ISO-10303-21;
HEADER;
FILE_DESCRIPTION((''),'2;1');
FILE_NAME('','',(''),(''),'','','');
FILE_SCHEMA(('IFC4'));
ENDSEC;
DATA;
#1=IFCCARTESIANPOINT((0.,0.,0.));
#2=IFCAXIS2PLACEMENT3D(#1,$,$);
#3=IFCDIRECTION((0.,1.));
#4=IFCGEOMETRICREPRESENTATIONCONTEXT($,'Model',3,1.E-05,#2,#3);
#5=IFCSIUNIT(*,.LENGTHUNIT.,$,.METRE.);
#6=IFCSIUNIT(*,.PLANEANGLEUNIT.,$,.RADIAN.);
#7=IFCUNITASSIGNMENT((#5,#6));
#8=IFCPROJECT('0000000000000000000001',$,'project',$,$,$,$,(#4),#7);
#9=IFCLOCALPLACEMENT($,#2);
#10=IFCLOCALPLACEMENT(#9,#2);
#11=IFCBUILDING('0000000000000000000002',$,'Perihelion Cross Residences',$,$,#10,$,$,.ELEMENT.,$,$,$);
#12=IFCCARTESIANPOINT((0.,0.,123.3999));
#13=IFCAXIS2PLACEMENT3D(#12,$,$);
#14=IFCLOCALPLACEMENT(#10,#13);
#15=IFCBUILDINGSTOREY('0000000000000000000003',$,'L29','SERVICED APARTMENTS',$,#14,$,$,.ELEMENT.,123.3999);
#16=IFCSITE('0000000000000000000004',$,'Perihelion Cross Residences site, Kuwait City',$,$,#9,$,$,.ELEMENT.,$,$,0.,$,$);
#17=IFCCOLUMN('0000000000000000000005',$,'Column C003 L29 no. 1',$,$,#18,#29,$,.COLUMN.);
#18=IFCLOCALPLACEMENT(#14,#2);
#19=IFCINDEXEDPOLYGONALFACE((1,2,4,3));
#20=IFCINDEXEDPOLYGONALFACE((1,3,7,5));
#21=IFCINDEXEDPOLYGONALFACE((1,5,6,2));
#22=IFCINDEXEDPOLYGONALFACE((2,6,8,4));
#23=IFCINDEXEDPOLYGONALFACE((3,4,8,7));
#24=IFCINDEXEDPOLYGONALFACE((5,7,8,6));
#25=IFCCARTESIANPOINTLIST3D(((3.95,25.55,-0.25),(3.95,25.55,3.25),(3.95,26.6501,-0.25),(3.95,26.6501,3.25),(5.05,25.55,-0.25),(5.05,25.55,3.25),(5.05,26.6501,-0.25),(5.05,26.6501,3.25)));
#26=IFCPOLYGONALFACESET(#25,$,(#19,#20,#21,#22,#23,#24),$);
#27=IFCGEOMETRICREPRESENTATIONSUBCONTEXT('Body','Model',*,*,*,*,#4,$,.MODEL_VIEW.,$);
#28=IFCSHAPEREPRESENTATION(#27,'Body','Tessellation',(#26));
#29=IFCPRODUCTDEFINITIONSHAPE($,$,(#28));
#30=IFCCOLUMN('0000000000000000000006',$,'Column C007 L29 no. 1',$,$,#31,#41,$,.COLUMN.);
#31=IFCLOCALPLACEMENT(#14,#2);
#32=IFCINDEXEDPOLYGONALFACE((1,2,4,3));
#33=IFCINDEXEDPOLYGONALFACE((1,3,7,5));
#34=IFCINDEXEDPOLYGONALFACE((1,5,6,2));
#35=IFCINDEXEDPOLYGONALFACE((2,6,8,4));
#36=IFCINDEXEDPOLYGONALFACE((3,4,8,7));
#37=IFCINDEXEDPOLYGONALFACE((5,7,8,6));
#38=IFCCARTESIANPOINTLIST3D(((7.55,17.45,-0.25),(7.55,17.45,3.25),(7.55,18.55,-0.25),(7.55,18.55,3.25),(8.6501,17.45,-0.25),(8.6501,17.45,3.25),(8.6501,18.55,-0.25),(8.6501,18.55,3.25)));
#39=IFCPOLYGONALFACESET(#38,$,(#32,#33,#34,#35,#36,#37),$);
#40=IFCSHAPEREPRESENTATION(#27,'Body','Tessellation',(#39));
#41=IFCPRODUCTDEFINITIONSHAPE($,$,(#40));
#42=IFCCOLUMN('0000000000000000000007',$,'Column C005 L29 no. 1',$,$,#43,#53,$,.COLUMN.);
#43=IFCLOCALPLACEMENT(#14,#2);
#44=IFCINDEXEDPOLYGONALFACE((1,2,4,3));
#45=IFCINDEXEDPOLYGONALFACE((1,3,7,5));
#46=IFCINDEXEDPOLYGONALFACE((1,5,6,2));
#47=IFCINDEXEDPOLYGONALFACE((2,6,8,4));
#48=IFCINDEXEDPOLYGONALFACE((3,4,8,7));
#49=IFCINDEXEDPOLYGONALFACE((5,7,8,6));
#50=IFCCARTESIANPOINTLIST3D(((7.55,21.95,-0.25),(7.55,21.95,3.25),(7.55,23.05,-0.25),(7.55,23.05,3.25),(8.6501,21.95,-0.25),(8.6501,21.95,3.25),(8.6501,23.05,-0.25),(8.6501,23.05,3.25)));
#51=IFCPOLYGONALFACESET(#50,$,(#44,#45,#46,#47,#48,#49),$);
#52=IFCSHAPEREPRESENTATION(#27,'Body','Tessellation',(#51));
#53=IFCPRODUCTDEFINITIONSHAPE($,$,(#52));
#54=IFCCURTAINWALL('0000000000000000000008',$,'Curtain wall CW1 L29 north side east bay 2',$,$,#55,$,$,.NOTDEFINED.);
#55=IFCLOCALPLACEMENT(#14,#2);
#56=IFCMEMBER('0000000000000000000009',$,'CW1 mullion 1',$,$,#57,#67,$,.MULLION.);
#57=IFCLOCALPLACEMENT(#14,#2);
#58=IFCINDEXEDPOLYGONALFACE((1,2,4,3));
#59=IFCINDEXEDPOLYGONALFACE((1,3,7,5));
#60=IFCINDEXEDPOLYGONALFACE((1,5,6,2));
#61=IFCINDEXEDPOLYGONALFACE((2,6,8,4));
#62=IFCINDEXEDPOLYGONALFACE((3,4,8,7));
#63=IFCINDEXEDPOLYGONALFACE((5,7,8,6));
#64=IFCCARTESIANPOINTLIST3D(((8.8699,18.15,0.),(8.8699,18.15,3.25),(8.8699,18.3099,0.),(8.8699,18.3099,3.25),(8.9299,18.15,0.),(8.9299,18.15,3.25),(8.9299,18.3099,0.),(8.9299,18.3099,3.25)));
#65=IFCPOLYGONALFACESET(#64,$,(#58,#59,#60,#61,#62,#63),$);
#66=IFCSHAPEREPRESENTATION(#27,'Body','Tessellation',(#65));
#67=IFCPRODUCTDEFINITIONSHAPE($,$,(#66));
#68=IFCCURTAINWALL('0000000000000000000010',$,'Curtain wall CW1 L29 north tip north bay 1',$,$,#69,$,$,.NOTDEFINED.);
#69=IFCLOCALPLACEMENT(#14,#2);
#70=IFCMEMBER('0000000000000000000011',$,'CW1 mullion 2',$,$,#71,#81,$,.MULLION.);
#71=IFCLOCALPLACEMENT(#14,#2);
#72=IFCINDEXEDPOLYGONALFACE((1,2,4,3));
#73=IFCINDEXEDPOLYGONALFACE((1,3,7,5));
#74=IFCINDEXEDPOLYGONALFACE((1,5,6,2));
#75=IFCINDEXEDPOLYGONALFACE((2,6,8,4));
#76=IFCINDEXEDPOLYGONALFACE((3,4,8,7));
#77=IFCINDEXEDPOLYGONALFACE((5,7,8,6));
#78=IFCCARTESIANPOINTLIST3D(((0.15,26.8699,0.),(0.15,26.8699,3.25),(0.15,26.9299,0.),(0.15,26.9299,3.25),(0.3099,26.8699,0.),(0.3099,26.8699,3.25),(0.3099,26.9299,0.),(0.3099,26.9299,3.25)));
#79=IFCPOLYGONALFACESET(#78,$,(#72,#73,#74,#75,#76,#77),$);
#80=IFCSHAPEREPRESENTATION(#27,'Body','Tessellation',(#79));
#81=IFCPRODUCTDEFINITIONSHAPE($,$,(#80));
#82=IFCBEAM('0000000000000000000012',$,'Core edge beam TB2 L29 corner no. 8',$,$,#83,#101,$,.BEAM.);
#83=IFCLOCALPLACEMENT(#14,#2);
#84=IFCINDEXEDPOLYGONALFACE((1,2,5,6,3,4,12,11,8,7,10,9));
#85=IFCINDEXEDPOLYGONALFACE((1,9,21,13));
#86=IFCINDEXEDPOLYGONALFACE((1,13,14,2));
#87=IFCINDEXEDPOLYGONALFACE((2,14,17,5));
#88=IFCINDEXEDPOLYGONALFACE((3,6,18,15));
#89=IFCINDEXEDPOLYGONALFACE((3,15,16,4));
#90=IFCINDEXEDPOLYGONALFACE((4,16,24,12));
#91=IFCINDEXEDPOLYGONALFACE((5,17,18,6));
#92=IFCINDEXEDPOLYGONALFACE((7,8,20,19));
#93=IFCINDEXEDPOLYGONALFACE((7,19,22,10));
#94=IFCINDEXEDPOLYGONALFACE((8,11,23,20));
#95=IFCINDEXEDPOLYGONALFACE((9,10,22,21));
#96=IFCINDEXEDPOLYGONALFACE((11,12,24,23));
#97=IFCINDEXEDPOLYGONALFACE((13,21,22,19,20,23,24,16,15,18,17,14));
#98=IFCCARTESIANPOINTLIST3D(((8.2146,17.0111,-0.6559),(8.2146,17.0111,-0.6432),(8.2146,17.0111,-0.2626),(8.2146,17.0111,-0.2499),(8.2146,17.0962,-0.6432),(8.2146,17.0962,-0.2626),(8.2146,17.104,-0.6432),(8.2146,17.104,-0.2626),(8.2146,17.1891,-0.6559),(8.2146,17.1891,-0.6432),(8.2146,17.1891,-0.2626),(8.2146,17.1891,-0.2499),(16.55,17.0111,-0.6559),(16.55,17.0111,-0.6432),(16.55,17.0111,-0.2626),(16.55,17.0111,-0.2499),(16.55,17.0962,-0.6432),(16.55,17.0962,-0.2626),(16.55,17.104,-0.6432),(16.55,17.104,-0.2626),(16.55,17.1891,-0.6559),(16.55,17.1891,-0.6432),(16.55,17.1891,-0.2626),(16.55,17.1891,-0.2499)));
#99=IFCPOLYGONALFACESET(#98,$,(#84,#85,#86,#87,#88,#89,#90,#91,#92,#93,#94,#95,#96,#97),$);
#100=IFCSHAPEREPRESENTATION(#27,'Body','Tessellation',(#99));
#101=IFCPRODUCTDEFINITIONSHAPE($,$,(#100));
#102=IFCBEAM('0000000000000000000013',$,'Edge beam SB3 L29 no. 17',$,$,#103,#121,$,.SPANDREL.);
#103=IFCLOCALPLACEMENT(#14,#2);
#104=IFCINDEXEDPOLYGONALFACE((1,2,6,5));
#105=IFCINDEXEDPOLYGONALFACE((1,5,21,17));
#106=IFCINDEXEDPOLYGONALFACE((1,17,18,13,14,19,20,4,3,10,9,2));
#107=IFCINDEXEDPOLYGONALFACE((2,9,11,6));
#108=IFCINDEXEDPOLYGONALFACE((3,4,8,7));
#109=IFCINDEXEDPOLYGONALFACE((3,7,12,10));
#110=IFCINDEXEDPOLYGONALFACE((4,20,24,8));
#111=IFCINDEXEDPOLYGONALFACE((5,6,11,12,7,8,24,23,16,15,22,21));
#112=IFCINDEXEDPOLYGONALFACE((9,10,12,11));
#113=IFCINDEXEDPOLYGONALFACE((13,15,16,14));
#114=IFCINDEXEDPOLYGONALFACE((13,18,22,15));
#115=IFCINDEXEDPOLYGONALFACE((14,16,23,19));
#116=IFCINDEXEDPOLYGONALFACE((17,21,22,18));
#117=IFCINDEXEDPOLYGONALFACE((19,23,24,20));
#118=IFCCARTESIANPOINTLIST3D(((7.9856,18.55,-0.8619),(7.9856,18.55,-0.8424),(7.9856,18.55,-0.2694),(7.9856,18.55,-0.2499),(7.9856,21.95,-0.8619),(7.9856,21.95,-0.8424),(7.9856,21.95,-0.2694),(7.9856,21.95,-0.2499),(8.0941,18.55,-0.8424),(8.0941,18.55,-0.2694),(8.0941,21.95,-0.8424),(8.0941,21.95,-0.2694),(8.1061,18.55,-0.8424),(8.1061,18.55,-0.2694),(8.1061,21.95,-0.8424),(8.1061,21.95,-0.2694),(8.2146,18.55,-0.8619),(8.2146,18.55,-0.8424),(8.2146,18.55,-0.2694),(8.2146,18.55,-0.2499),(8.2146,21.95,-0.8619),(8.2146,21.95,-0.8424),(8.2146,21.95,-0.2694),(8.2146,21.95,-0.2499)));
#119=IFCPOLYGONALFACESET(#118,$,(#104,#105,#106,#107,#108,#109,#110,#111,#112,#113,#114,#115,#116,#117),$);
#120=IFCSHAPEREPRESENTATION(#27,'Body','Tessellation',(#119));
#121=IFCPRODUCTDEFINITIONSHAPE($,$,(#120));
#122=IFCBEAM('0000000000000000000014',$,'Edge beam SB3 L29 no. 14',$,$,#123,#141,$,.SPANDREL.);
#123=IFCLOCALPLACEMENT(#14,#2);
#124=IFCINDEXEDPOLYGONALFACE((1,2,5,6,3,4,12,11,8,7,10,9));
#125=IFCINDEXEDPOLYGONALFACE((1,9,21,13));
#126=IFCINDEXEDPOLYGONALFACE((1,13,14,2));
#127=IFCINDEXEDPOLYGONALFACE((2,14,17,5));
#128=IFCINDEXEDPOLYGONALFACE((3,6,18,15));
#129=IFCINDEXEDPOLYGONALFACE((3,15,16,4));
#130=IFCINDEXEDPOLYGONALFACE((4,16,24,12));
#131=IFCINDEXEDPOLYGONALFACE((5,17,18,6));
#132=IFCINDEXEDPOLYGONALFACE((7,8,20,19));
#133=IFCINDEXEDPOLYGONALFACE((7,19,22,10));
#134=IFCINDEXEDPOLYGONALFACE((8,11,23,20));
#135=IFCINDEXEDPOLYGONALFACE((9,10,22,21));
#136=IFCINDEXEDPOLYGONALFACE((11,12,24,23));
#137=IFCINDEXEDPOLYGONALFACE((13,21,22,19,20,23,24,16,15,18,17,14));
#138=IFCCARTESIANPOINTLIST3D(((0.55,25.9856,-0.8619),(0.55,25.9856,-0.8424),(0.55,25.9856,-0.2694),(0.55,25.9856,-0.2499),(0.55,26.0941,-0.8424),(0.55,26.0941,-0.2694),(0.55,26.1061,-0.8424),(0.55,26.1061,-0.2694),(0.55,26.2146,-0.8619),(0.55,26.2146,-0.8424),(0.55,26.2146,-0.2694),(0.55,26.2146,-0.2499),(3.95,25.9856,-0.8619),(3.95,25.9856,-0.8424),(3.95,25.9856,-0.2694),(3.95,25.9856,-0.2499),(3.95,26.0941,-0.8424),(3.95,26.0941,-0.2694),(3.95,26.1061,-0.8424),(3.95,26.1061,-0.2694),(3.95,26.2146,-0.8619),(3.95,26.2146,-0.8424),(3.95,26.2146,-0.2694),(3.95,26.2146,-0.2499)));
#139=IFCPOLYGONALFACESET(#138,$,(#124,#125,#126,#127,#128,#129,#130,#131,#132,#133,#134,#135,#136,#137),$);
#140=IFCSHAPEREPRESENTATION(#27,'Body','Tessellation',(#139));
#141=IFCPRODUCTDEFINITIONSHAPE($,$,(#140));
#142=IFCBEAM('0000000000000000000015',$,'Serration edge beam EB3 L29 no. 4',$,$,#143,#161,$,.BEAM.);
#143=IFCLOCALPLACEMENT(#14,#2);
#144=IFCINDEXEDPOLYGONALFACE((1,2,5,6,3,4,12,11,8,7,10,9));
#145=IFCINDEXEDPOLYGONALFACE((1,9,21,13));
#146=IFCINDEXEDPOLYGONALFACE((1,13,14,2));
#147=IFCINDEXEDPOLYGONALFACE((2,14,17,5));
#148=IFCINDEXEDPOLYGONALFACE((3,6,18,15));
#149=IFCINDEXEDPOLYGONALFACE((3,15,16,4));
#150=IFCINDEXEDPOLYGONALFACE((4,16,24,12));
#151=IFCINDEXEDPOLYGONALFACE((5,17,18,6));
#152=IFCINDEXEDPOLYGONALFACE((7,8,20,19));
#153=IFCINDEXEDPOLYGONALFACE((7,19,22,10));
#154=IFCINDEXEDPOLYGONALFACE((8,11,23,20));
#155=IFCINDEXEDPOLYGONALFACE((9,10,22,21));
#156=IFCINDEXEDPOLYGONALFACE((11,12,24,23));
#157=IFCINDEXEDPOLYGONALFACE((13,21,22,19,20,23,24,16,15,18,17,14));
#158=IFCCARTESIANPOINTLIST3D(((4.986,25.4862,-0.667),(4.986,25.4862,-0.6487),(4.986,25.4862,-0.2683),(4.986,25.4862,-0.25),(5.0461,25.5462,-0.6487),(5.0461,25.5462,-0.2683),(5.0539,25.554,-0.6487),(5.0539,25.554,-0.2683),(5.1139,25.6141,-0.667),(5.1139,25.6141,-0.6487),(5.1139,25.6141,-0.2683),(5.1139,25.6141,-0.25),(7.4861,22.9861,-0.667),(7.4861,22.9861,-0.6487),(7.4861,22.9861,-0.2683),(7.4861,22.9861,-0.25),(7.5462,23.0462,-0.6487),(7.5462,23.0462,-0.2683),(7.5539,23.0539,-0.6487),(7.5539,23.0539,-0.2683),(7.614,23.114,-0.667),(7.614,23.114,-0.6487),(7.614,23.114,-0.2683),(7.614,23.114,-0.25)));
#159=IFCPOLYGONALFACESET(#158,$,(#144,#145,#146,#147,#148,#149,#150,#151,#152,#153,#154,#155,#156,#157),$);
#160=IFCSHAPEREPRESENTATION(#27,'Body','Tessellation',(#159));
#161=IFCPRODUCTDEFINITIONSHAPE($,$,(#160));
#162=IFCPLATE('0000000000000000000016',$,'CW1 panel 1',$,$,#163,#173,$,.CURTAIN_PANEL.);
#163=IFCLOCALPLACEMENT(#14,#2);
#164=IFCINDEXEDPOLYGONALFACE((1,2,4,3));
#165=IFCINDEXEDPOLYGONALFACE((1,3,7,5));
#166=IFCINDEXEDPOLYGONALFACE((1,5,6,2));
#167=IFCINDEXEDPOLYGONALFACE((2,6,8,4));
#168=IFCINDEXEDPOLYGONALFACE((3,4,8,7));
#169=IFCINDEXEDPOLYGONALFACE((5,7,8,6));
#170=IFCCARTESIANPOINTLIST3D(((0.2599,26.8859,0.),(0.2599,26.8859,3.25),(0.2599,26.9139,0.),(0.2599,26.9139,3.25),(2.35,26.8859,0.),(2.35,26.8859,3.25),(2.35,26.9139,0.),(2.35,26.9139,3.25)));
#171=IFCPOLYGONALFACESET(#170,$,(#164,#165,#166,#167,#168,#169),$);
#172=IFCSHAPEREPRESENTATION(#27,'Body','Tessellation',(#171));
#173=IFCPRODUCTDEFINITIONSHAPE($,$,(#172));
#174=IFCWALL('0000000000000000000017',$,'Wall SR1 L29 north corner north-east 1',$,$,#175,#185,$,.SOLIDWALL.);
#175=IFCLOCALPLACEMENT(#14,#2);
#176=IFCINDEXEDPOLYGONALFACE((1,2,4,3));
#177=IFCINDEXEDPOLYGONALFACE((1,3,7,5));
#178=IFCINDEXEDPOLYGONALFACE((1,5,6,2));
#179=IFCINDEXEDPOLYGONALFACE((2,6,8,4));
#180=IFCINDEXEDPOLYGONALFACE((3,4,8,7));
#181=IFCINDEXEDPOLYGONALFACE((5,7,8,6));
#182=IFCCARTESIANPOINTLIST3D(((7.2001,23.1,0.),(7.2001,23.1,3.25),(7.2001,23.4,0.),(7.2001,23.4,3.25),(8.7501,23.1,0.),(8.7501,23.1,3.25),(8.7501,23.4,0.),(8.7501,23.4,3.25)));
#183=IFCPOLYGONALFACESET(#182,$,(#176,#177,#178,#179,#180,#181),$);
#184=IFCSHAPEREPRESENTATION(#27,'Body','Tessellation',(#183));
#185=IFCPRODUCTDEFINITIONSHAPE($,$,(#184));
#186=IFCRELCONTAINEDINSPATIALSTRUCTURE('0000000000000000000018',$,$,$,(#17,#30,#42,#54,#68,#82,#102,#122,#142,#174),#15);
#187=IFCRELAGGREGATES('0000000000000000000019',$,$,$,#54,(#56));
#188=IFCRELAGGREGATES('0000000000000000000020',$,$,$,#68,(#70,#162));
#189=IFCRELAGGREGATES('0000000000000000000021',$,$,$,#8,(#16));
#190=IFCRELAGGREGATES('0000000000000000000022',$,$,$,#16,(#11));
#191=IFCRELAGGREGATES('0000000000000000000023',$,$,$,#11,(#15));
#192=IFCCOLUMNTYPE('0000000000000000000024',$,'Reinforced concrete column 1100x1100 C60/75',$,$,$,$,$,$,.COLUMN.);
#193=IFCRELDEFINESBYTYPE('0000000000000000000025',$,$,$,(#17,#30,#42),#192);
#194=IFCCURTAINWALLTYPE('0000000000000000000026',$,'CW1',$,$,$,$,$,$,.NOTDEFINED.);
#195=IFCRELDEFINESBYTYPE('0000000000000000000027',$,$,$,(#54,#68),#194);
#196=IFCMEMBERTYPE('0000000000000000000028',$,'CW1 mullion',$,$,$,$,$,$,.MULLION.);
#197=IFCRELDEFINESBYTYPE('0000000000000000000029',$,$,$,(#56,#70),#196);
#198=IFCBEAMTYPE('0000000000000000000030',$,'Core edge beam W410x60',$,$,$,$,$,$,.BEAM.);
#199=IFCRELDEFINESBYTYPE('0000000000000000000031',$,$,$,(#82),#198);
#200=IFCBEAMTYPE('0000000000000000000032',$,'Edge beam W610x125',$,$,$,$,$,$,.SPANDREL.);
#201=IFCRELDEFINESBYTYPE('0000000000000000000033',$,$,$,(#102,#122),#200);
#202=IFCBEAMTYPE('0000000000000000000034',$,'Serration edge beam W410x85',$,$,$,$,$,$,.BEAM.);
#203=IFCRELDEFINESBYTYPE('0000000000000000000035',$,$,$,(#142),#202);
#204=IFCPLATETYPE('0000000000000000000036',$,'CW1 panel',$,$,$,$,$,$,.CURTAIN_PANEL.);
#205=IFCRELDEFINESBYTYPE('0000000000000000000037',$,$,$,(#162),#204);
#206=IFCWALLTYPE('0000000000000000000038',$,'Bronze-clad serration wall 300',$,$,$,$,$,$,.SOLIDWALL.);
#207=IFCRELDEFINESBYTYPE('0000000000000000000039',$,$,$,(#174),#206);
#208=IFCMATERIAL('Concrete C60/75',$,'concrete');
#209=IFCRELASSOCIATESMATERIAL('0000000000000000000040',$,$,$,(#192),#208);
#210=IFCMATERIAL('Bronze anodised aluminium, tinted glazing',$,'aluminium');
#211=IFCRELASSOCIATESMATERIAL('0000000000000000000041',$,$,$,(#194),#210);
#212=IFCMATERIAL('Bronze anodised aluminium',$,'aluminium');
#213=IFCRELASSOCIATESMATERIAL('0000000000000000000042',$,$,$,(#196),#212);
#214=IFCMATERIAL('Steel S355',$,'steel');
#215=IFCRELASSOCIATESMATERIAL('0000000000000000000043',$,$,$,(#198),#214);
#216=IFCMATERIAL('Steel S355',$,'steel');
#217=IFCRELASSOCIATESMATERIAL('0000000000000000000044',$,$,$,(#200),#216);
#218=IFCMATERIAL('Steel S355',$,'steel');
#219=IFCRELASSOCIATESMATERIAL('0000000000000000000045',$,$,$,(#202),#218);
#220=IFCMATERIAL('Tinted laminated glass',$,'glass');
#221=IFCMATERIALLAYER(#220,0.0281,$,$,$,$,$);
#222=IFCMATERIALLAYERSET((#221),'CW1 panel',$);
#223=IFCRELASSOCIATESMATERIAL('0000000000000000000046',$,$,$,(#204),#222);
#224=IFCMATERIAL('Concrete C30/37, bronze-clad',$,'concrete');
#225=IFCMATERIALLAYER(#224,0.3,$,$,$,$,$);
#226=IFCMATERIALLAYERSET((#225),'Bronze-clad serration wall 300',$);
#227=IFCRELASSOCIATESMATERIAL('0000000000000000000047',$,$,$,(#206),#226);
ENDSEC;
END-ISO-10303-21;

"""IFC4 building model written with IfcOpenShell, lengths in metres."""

from ifc_helpers import new_model, si_unit, direction, frame, frame_2d, origin, origin_2d, place, context, subcontext, project, spatial, rectangle, i_section, extrude, material, layer, layer_set, material_profile, profile_set, type_object, element, aggregate, save


model = new_model("IFC4")

# Units and contexts
model_context = context("Model", 3, precision=1e-05, world=origin(), true_north=direction((0.0, 1.0)))
body_context = subcontext(model_context, "Body", "Model", "MODEL_VIEW")
ifc_project = project(units=[si_unit("LENGTHUNIT", "METRE"), si_unit("PLANEANGLEUNIT", "RADIAN")], contexts=[model_context])

# Site, building, storey
site_placement = place(None, origin())
site = spatial("IfcSite", under=ifc_project, at=site_placement, Name="Perihelion Cross Residences site, Kuwait City", CompositionType="ELEMENT", RefElevation=0.0)
building_placement = place(site_placement, origin())
building = spatial("IfcBuilding", under=site, at=building_placement, Name="Perihelion Cross Residences", CompositionType="ELEMENT")
storey_placement = place(building_placement, frame((0.0, 0.0, 123.3999)))
storey = spatial("IfcBuildingStorey", under=building, at=storey_placement, Name="L29", Description="SERVICED APARTMENTS", CompositionType="ELEMENT", Elevation=123.3999)

# Columns
ifc_material_1 = material(Name="Concrete C60/75", Category="concrete")
ifc_material_profile_1 = material_profile(ifc_material_1, rectangle(XDim=1.1001, YDim=1.1001, at=origin_2d()), Name="RC 1100x1100")
ifc_profile_set_1 = profile_set([ifc_material_profile_1], Name="Concrete C60/75")
column_type = type_object("IfcColumnType", Name="Reinforced concrete column 1100x1100 C60/75", PredefinedType="COLUMN", material=ifc_profile_set_1)
for number, where, z_axis, x_axis, name in (
    (1, (4.5, 26.1001, -0.25), (0.0, 0.0, 1.0), (1.0, 0.0, 0.0), "Column C003 L29 no. 1"),
    (2, (8.1001, 18.0, -0.25), (0.0, 0.0, 1.0), (1.0, 0.0, 0.0), "Column C007 L29 no. 1"),
    (3, (8.1001, 22.5, -0.25), (0.0, 0.0, 1.0), (1.0, 0.0, 0.0), "Column C005 L29 no. 1"),
):
    element("IfcColumn", number, at=place(storey_placement, frame(where, z_axis=z_axis, x_axis=x_axis)), inside=storey, type_object=column_type, Name=name, PredefinedType="COLUMN", context=body_context, shape_type="SweptSolid", body=[
        extrude(rectangle(XDim=1.1001, YDim=1.1001, at=origin_2d()), origin(), (0.0, 0.0, 1.0), 3.5),
    ])

# Curtain walls, members
ifc_material_2 = material(Name="Bronze anodised aluminium, tinted glazing", Category="aluminium")
curtain_wall_type = type_object("IfcCurtainWallType", Name="CW1", PredefinedType="NOTDEFINED", material=ifc_material_2)
curtain_wall_1_placement = place(storey_placement, origin())
curtain_wall_1 = element("IfcCurtainWall", 4, at=curtain_wall_1_placement, inside=storey, type_object=curtain_wall_type, Name="Curtain wall CW1 L29 north side east bay 2", PredefinedType="NOTDEFINED")
ifc_material_3 = material(Name="Bronze anodised aluminium", Category="aluminium")
ifc_material_profile_2 = material_profile(ifc_material_3, rectangle(XDim=0.0601, YDim=0.1599, at=origin_2d()), Name="CW1 mullion")
ifc_profile_set_2 = profile_set([ifc_material_profile_2], Name="Bronze anodised aluminium")
member_type = type_object("IfcMemberType", Name="CW1 mullion", PredefinedType="MULLION", material=ifc_profile_set_2)
member_1_placement = place(storey_placement, frame((8.8999, 18.23, 0.0), z_axis=(0.0, 0.0, 1.0), x_axis=(-1.0, 0.0, 0.0)))
member_1 = element("IfcMember", 5, at=member_1_placement, type_object=member_type, Name="CW1 mullion 1", PredefinedType="MULLION", context=body_context, shape_type="SweptSolid", body=[
    extrude(rectangle(XDim=0.0601, YDim=0.1599, at=origin_2d()), origin(), (0.0, 0.0, 1.0), 3.25),
])
aggregate(curtain_wall_1, [member_1])
curtain_wall_2_placement = place(storey_placement, origin())
curtain_wall_2 = element("IfcCurtainWall", 6, at=curtain_wall_2_placement, inside=storey, type_object=curtain_wall_type, Name="Curtain wall CW1 L29 north tip north bay 1", PredefinedType="NOTDEFINED")
member_2_placement = place(storey_placement, frame((0.23, 26.8999, 0.0), z_axis=(0.0, 0.0, 1.0), x_axis=(0.0, -1.0, 0.0)))
member_2 = element("IfcMember", 7, at=member_2_placement, type_object=member_type, Name="CW1 mullion 2", PredefinedType="MULLION", context=body_context, shape_type="SweptSolid", body=[
    extrude(rectangle(XDim=0.0601, YDim=0.1599, at=origin_2d()), origin(), (0.0, 0.0, 1.0), 3.25),
])

# Beams
ifc_material_4 = material(Name="Steel S355", Category="steel")
ifc_material_profile_3 = material_profile(ifc_material_4, i_section(OverallWidth=0.178, OverallDepth=0.406, WebThickness=0.0078, FlangeThickness=0.0127, at=origin_2d()), Name="W410x60")
ifc_profile_set_3 = profile_set([ifc_material_profile_3], Name="Steel S355")
beam_type_1 = type_object("IfcBeamType", Name="Core edge beam W410x60", PredefinedType="BEAM", material=ifc_profile_set_3)
beam_1_placement = place(storey_placement, frame((8.2146, 17.1001, -0.4529), z_axis=(1.0, 0.0, 0.0), x_axis=(0.0, 1.0, 0.0)))
element("IfcBeam", 8, at=beam_1_placement, inside=storey, type_object=beam_type_1, Name="Core edge beam TB2 L29 corner no. 8", PredefinedType="BEAM", context=body_context, shape_type="SweptSolid", body=[
    extrude(i_section(OverallWidth=0.178, OverallDepth=0.406, WebThickness=0.0078, FlangeThickness=0.0127, at=origin_2d()), origin(), (0.0, 0.0, 1.0), 8.3354),
])
ifc_material_5 = material(Name="Steel S355", Category="steel")
ifc_material_profile_4 = material_profile(ifc_material_5, i_section(OverallWidth=0.229, OverallDepth=0.6121, WebThickness=0.012, FlangeThickness=0.0195, at=origin_2d()), Name="W610x125")
ifc_profile_set_4 = profile_set([ifc_material_profile_4], Name="Steel S355")
beam_type_2 = type_object("IfcBeamType", Name="Edge beam W610x125", PredefinedType="SPANDREL", material=ifc_profile_set_4)
for number, where, z_axis, x_axis, name in (
    (9, (8.1001, 18.55, -0.5559), (0.0, 1.0, 0.0), (-1.0, 0.0, 0.0), "Edge beam SB3 L29 no. 17"),
    (10, (3.95, 26.1001, -0.5559), (-1.0, 0.0, 0.0), (0.0, -1.0, 0.0), "Edge beam SB3 L29 no. 14"),
):
    element("IfcBeam", number, at=place(storey_placement, frame(where, z_axis=z_axis, x_axis=x_axis)), inside=storey, type_object=beam_type_2, Name=name, PredefinedType="SPANDREL", context=body_context, shape_type="SweptSolid", body=[
        extrude(i_section(OverallWidth=0.229, OverallDepth=0.6121, WebThickness=0.012, FlangeThickness=0.0195, at=origin_2d()), origin(), (0.0, 0.0, 1.0), 3.3999),
    ])
ifc_material_6 = material(Name="Steel S355", Category="steel")
ifc_material_profile_5 = material_profile(ifc_material_6, i_section(OverallWidth=0.1809, OverallDepth=0.417, WebThickness=0.011, FlangeThickness=0.0183, at=origin_2d()), Name="W410x85")
ifc_profile_set_5 = profile_set([ifc_material_profile_5], Name="Steel S355")
beam_type_3 = type_object("IfcBeamType", Name="Serration edge beam W410x85", PredefinedType="BEAM", material=ifc_profile_set_5)
beam_2_placement = place(storey_placement, frame((7.55, 23.05, -0.4585), z_axis=(-0.707107, 0.707107, 0.0), x_axis=(-0.707107, -0.707107, 0.0)))
element("IfcBeam", 11, at=beam_2_placement, inside=storey, type_object=beam_type_3, Name="Serration edge beam EB3 L29 no. 4", PredefinedType="BEAM", context=body_context, shape_type="SweptSolid", body=[
    extrude(i_section(OverallWidth=0.1809, OverallDepth=0.417, WebThickness=0.011, FlangeThickness=0.0183, at=origin_2d()), origin(), (0.0, 0.0, 1.0), 3.5356),
])

# Plate
ifc_material_7 = material(Name="Tinted laminated glass", Category="glass")
ifc_layer_1 = layer(ifc_material_7, 0.0281)
ifc_layer_set_1 = layer_set([ifc_layer_1], Name="CW1 panel")
plate_type = type_object("IfcPlateType", Name="CW1 panel", PredefinedType="CURTAIN_PANEL", material=ifc_layer_set_1)
plate_placement = place(storey_placement, frame((1.3049, 26.8999, 0.0), z_axis=(0.0, 0.0, 1.0), x_axis=(-1.0, 0.0, 0.0)))
plate = element("IfcPlate", 12, at=plate_placement, type_object=plate_type, Name="CW1 panel 1", PredefinedType="CURTAIN_PANEL", context=body_context, shape_type="SweptSolid", body=[
    extrude(rectangle(XDim=2.0901, YDim=0.0281, at=origin_2d()), origin(), (0.0, 0.0, 1.0), 3.25),
])
aggregate(curtain_wall_2, [member_2, plate])

# Wall
ifc_material_8 = material(Name="Concrete C30/37, bronze-clad", Category="concrete")
ifc_layer_2 = layer(ifc_material_8, 0.3)
ifc_layer_set_2 = layer_set([ifc_layer_2], Name="Bronze-clad serration wall 300")
wall_type_1 = type_object("IfcWallType", Name="Bronze-clad serration wall 300", PredefinedType="SOLIDWALL", material=ifc_layer_set_2)
wall_1_placement = place(storey_placement, frame((8.75, 23.25, 0.0), z_axis=(0.0, 0.0, 1.0), x_axis=(-1.0, 0.0, 0.0)))
element("IfcWall", 13, at=wall_1_placement, inside=storey, type_object=wall_type_1, Name="Wall SR1 L29 north corner north-east 1", PredefinedType="SOLIDWALL", context=body_context, shape_type="SweptSolid", body=[
    extrude(rectangle(XDim=1.55, YDim=0.3, at=frame_2d((0.7749, 0.0))), origin(), (0.0, 0.0, 1.0), 3.25),
])

save(model, "model.ifc")
